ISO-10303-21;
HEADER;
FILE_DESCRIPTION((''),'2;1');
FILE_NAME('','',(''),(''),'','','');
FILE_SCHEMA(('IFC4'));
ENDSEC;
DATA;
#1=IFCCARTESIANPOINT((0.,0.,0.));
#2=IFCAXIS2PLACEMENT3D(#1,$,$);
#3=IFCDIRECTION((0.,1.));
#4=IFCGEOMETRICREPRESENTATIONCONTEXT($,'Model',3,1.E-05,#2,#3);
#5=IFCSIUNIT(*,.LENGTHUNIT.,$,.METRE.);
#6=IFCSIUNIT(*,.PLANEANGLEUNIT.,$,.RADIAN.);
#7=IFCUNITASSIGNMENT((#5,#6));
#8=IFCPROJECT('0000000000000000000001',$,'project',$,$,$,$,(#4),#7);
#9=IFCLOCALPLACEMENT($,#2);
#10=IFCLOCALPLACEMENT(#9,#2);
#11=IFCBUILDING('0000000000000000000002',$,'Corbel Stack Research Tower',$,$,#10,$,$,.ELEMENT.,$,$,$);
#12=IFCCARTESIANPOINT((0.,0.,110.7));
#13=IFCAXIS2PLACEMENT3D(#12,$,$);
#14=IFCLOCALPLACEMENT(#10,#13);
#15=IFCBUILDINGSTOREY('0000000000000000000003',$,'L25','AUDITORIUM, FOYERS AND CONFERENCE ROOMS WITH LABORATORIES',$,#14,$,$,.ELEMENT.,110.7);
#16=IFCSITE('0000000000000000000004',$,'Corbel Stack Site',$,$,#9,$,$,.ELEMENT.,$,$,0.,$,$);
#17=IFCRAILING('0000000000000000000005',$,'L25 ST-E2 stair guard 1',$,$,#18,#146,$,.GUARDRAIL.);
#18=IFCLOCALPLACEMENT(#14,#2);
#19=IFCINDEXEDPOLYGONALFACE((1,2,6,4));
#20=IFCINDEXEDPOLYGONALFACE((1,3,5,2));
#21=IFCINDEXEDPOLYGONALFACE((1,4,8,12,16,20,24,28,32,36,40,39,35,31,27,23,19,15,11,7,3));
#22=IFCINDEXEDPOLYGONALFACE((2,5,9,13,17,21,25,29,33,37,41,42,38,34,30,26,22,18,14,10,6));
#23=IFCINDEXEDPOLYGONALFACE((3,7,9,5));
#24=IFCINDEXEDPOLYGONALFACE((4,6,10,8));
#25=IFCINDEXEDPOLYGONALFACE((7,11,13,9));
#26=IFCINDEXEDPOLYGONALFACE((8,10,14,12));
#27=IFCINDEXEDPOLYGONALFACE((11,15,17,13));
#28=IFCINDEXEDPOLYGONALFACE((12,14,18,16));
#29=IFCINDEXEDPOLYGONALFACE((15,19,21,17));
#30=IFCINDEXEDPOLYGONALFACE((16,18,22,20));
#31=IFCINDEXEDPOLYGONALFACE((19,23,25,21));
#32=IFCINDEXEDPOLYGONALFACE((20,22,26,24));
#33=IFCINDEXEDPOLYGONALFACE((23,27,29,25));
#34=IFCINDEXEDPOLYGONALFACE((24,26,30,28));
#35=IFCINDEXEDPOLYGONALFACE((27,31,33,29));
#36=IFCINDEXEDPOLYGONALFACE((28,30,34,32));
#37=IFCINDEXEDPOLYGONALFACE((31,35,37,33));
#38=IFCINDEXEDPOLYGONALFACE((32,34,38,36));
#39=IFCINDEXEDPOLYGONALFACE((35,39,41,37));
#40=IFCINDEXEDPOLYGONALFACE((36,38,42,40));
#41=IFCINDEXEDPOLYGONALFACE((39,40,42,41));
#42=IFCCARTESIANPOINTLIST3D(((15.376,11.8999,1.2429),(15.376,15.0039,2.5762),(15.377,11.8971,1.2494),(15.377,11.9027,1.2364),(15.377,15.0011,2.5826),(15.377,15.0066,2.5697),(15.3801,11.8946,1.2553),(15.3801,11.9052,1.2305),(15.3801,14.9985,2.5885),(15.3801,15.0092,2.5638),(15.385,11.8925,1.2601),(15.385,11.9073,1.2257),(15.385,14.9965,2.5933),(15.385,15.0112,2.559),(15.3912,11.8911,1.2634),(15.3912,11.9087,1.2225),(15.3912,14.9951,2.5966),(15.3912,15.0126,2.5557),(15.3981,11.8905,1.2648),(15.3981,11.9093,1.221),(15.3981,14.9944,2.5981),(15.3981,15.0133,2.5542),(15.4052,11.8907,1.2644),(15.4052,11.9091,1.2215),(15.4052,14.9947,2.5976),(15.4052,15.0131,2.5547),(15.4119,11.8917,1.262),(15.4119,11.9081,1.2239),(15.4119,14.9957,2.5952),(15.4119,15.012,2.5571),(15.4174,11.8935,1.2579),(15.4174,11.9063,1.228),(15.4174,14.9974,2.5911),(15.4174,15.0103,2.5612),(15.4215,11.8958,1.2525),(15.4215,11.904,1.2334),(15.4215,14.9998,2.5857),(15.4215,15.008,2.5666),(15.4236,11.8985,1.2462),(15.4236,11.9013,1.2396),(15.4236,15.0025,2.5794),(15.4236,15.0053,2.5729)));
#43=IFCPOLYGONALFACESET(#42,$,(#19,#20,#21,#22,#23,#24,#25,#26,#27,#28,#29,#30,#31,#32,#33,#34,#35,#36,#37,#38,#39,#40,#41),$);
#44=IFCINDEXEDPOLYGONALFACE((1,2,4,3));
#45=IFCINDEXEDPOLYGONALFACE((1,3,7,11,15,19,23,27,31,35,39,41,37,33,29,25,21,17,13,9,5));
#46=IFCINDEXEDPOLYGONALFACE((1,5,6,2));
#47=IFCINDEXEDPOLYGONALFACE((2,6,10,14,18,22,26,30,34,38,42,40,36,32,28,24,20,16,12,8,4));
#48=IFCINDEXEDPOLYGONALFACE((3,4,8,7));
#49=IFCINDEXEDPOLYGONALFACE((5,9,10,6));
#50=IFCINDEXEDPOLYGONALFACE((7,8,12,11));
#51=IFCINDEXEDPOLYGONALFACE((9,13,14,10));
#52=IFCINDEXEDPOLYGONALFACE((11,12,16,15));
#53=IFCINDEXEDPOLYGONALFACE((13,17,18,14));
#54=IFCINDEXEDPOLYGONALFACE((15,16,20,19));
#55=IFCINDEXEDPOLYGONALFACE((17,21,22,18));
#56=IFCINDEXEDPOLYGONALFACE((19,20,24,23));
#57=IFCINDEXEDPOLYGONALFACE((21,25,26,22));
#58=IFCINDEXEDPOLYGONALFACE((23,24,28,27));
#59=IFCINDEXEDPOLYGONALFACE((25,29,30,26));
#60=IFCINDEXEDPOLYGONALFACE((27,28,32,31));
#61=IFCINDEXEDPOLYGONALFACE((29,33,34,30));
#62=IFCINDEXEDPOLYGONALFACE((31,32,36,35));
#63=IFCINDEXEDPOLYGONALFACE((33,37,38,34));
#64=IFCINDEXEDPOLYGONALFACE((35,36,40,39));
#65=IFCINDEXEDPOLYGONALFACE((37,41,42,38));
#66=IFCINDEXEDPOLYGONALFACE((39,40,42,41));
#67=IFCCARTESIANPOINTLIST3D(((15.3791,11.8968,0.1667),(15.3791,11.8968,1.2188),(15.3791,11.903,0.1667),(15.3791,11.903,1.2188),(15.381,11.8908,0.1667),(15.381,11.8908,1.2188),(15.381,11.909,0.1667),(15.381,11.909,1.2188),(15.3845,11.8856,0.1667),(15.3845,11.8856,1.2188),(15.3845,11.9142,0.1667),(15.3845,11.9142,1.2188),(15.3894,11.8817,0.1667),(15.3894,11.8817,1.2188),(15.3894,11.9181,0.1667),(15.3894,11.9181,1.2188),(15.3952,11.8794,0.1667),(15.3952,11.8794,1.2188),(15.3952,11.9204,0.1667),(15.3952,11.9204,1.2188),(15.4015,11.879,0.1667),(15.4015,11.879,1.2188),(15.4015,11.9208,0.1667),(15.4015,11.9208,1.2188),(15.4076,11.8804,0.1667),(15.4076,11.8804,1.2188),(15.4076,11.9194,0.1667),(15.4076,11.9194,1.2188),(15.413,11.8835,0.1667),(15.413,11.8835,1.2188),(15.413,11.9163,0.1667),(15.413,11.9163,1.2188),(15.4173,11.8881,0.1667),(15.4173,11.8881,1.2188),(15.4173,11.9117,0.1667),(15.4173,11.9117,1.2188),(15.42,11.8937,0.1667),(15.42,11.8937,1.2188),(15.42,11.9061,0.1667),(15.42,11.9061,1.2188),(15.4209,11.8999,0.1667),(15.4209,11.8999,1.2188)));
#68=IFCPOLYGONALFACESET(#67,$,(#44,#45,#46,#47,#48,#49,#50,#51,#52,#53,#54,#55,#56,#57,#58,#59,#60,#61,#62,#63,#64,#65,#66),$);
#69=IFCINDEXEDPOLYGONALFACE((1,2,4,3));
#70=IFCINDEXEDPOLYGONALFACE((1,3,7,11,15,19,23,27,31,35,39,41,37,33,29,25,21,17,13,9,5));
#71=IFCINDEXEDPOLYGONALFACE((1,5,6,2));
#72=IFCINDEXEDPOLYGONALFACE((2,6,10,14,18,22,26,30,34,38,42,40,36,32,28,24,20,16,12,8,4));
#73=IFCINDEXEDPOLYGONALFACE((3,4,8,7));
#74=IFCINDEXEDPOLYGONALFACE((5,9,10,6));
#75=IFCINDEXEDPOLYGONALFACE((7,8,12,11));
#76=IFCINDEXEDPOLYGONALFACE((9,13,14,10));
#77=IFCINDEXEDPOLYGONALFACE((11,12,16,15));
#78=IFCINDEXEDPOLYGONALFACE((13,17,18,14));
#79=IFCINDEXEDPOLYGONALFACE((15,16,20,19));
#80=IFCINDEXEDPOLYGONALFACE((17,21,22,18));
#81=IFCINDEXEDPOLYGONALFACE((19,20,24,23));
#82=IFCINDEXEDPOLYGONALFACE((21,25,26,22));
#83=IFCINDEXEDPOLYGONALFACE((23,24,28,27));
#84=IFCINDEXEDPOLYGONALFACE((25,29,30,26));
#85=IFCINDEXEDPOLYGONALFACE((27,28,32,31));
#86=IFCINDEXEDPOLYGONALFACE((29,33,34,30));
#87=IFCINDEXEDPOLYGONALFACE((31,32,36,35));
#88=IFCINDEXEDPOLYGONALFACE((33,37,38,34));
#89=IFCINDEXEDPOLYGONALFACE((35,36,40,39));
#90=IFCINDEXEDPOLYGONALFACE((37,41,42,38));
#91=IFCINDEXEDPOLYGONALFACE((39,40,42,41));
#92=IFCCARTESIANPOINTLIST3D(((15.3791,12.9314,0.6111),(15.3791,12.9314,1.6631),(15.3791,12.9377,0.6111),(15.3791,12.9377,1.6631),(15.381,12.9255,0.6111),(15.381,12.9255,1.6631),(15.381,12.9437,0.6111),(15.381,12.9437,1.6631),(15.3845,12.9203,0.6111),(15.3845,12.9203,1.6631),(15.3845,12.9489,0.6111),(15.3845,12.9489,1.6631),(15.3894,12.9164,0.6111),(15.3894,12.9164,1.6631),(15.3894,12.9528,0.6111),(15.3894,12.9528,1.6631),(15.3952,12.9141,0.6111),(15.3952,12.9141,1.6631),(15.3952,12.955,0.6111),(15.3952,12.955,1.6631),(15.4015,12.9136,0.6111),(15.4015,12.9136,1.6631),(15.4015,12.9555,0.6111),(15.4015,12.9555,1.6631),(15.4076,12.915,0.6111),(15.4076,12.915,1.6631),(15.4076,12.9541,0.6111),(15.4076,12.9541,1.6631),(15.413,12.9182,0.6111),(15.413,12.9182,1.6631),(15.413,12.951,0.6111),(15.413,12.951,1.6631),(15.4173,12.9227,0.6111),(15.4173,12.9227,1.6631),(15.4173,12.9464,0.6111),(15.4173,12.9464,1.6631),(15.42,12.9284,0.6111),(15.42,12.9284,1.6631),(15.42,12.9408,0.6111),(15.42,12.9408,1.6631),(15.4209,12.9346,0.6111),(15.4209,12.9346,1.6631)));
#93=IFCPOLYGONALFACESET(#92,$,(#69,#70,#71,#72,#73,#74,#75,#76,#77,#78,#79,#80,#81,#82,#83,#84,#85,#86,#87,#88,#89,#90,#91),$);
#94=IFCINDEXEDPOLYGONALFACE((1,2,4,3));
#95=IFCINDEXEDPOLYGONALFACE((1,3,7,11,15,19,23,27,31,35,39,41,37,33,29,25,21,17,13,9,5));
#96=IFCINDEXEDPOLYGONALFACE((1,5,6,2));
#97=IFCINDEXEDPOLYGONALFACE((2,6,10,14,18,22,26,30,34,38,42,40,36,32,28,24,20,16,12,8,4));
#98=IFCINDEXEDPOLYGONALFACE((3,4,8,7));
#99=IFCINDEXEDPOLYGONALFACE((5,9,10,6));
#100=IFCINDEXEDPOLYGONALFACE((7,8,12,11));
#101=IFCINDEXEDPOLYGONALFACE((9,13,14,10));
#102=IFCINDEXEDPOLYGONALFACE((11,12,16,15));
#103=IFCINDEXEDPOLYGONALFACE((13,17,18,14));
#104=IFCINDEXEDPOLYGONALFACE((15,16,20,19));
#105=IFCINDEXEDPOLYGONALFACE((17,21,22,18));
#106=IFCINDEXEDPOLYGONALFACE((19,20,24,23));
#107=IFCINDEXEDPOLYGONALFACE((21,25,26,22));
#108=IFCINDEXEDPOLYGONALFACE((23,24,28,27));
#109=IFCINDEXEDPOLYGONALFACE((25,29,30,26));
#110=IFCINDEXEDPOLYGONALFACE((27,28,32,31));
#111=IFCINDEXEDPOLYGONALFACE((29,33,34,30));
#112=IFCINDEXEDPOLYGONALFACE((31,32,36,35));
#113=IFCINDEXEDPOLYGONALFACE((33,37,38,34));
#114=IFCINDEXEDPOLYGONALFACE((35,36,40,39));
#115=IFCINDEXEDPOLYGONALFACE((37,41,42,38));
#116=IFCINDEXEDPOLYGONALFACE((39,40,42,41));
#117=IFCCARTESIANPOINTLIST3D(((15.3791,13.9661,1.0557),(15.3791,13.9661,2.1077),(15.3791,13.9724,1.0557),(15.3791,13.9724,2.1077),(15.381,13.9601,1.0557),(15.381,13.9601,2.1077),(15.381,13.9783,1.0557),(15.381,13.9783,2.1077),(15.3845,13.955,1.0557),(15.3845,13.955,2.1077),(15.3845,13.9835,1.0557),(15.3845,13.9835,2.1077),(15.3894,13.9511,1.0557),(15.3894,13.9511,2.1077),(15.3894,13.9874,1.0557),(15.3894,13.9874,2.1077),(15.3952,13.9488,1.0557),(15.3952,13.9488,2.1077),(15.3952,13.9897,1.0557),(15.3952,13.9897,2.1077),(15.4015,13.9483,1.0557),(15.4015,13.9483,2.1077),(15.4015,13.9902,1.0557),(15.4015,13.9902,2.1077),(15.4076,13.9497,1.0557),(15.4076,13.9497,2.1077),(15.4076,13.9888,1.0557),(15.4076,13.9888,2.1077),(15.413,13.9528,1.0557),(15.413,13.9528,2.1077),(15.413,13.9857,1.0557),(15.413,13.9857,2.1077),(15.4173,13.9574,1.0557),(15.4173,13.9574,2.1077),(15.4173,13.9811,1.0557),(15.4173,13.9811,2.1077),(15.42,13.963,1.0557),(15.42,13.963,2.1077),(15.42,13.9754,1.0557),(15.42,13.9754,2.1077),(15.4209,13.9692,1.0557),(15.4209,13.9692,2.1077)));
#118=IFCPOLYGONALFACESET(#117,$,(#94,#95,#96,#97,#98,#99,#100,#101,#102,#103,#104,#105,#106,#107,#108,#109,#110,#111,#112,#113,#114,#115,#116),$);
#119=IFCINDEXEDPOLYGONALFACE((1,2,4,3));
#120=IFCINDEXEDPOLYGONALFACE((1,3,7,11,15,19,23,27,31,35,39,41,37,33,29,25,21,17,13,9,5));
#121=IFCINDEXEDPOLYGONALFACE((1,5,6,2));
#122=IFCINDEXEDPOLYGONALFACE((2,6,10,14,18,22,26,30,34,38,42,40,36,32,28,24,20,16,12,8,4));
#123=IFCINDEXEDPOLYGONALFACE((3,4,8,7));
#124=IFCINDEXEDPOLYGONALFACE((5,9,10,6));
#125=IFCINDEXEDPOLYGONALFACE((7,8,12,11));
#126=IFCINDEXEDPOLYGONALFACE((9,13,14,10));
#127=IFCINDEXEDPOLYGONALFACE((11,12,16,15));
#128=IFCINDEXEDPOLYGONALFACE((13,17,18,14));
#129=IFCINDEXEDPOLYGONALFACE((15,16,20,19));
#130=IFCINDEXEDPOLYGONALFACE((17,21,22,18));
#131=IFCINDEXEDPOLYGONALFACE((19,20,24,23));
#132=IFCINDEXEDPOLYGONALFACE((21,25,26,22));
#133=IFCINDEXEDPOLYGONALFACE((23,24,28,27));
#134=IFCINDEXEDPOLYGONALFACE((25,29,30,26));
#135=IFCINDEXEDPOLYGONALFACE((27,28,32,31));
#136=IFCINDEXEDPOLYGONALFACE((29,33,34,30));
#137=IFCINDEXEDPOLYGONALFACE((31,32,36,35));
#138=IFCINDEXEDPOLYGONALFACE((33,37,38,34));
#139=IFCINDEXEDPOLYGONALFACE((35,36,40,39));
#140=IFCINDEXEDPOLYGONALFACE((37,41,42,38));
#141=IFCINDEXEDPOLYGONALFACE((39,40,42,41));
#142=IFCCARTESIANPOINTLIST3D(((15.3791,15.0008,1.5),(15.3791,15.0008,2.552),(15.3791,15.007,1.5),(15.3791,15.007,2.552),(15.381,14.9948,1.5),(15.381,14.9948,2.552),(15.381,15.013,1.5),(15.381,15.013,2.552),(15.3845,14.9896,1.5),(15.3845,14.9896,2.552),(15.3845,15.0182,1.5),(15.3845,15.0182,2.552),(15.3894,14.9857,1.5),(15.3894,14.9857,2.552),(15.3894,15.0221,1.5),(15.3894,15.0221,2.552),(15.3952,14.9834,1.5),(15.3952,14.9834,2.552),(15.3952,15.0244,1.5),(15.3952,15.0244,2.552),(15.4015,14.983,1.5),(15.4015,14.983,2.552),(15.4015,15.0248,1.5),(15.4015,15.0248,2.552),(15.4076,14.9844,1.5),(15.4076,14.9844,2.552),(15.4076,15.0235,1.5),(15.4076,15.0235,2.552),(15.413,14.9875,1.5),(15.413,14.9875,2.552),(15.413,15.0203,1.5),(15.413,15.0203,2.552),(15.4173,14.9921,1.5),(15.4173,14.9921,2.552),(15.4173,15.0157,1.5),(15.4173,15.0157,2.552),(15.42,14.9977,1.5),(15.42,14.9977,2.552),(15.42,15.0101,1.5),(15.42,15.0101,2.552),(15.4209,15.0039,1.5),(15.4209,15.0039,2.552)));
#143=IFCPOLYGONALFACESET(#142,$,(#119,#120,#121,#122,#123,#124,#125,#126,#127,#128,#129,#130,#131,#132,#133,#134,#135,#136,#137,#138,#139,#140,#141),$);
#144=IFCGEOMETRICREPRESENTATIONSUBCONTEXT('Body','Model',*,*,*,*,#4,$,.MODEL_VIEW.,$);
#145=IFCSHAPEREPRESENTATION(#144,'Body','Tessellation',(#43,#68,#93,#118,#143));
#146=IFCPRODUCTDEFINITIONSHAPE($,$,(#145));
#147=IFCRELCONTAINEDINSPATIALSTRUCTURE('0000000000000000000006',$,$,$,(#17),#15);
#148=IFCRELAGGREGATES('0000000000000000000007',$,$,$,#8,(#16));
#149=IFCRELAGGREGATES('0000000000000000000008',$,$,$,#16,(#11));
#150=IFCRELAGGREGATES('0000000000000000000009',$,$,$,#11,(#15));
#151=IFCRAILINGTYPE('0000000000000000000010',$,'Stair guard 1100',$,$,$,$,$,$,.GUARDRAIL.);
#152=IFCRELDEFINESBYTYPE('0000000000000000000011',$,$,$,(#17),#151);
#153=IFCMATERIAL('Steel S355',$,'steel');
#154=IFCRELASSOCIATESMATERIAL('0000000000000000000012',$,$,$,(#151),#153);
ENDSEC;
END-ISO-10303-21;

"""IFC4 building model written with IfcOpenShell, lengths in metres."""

from ifc_helpers import new_model, si_unit, direction, frame, origin, origin_2d, place, context, subcontext, project, spatial, circle, extrude, material, type_object, element, save


model = new_model("IFC4")

# Units and contexts
model_context = context("Model", 3, precision=1e-05, world=origin(), true_north=direction((0.0, 1.0)))
body_context = subcontext(model_context, "Body", "Model", "MODEL_VIEW")
ifc_project = project(units=[si_unit("LENGTHUNIT", "METRE"), si_unit("PLANEANGLEUNIT", "RADIAN")], contexts=[model_context])

# Site, building, storey
site_placement = place(None, origin())
site = spatial("IfcSite", under=ifc_project, at=site_placement, Name="Corbel Stack Site", CompositionType="ELEMENT", RefElevation=0.0)
building_placement = place(site_placement, origin())
building = spatial("IfcBuilding", under=site, at=building_placement, Name="Corbel Stack Research Tower", CompositionType="ELEMENT")
storey_placement = place(building_placement, frame((0.0, 0.0, 110.7)))
storey = spatial("IfcBuildingStorey", under=building, at=storey_placement, Name="L25", Description="AUDITORIUM, FOYERS AND CONFERENCE ROOMS WITH LABORATORIES", CompositionType="ELEMENT", Elevation=110.7)

# Railing
ifc_material_1 = material(Name="Steel S355", Category="steel")
railing_type_1 = type_object("IfcRailingType", Name="Stair guard 1100", PredefinedType="GUARDRAIL", material=ifc_material_1)
railing_1_placement = place(storey_placement, frame((15.3999, 11.8999, 0.1667)))
element("IfcRailing", 1, at=railing_1_placement, inside=storey, type_object=railing_type_1, Name="L25 ST-E2 stair guard 1", PredefinedType="GUARDRAIL", context=body_context, shape_type="SweptSolid", body=[
    extrude(circle(Radius=0.0239, at=origin_2d()), frame((0.0, 0.0, 1.0762), z_axis=(0.0, 0.918827, 0.394661), x_axis=(-1.0, 0.0, 0.0)), (0.0, 0.0, 1.0), 3.3782),
    extrude(circle(Radius=0.021, at=origin_2d()), origin(), (0.0, 0.0, 1.0), 1.052),
    extrude(circle(Radius=0.021, at=origin_2d()), frame((0.0, 1.0347, 0.4443)), (0.0, 0.0, 1.0), 1.052),
    extrude(circle(Radius=0.021, at=origin_2d()), frame((0.0, 2.0693, 0.8889)), (0.0, 0.0, 1.0), 1.052),
    extrude(circle(Radius=0.021, at=origin_2d()), frame((0.0, 3.104, 1.3333)), (0.0, 0.0, 1.0), 1.052),
])

save(model, "model.ifc")
